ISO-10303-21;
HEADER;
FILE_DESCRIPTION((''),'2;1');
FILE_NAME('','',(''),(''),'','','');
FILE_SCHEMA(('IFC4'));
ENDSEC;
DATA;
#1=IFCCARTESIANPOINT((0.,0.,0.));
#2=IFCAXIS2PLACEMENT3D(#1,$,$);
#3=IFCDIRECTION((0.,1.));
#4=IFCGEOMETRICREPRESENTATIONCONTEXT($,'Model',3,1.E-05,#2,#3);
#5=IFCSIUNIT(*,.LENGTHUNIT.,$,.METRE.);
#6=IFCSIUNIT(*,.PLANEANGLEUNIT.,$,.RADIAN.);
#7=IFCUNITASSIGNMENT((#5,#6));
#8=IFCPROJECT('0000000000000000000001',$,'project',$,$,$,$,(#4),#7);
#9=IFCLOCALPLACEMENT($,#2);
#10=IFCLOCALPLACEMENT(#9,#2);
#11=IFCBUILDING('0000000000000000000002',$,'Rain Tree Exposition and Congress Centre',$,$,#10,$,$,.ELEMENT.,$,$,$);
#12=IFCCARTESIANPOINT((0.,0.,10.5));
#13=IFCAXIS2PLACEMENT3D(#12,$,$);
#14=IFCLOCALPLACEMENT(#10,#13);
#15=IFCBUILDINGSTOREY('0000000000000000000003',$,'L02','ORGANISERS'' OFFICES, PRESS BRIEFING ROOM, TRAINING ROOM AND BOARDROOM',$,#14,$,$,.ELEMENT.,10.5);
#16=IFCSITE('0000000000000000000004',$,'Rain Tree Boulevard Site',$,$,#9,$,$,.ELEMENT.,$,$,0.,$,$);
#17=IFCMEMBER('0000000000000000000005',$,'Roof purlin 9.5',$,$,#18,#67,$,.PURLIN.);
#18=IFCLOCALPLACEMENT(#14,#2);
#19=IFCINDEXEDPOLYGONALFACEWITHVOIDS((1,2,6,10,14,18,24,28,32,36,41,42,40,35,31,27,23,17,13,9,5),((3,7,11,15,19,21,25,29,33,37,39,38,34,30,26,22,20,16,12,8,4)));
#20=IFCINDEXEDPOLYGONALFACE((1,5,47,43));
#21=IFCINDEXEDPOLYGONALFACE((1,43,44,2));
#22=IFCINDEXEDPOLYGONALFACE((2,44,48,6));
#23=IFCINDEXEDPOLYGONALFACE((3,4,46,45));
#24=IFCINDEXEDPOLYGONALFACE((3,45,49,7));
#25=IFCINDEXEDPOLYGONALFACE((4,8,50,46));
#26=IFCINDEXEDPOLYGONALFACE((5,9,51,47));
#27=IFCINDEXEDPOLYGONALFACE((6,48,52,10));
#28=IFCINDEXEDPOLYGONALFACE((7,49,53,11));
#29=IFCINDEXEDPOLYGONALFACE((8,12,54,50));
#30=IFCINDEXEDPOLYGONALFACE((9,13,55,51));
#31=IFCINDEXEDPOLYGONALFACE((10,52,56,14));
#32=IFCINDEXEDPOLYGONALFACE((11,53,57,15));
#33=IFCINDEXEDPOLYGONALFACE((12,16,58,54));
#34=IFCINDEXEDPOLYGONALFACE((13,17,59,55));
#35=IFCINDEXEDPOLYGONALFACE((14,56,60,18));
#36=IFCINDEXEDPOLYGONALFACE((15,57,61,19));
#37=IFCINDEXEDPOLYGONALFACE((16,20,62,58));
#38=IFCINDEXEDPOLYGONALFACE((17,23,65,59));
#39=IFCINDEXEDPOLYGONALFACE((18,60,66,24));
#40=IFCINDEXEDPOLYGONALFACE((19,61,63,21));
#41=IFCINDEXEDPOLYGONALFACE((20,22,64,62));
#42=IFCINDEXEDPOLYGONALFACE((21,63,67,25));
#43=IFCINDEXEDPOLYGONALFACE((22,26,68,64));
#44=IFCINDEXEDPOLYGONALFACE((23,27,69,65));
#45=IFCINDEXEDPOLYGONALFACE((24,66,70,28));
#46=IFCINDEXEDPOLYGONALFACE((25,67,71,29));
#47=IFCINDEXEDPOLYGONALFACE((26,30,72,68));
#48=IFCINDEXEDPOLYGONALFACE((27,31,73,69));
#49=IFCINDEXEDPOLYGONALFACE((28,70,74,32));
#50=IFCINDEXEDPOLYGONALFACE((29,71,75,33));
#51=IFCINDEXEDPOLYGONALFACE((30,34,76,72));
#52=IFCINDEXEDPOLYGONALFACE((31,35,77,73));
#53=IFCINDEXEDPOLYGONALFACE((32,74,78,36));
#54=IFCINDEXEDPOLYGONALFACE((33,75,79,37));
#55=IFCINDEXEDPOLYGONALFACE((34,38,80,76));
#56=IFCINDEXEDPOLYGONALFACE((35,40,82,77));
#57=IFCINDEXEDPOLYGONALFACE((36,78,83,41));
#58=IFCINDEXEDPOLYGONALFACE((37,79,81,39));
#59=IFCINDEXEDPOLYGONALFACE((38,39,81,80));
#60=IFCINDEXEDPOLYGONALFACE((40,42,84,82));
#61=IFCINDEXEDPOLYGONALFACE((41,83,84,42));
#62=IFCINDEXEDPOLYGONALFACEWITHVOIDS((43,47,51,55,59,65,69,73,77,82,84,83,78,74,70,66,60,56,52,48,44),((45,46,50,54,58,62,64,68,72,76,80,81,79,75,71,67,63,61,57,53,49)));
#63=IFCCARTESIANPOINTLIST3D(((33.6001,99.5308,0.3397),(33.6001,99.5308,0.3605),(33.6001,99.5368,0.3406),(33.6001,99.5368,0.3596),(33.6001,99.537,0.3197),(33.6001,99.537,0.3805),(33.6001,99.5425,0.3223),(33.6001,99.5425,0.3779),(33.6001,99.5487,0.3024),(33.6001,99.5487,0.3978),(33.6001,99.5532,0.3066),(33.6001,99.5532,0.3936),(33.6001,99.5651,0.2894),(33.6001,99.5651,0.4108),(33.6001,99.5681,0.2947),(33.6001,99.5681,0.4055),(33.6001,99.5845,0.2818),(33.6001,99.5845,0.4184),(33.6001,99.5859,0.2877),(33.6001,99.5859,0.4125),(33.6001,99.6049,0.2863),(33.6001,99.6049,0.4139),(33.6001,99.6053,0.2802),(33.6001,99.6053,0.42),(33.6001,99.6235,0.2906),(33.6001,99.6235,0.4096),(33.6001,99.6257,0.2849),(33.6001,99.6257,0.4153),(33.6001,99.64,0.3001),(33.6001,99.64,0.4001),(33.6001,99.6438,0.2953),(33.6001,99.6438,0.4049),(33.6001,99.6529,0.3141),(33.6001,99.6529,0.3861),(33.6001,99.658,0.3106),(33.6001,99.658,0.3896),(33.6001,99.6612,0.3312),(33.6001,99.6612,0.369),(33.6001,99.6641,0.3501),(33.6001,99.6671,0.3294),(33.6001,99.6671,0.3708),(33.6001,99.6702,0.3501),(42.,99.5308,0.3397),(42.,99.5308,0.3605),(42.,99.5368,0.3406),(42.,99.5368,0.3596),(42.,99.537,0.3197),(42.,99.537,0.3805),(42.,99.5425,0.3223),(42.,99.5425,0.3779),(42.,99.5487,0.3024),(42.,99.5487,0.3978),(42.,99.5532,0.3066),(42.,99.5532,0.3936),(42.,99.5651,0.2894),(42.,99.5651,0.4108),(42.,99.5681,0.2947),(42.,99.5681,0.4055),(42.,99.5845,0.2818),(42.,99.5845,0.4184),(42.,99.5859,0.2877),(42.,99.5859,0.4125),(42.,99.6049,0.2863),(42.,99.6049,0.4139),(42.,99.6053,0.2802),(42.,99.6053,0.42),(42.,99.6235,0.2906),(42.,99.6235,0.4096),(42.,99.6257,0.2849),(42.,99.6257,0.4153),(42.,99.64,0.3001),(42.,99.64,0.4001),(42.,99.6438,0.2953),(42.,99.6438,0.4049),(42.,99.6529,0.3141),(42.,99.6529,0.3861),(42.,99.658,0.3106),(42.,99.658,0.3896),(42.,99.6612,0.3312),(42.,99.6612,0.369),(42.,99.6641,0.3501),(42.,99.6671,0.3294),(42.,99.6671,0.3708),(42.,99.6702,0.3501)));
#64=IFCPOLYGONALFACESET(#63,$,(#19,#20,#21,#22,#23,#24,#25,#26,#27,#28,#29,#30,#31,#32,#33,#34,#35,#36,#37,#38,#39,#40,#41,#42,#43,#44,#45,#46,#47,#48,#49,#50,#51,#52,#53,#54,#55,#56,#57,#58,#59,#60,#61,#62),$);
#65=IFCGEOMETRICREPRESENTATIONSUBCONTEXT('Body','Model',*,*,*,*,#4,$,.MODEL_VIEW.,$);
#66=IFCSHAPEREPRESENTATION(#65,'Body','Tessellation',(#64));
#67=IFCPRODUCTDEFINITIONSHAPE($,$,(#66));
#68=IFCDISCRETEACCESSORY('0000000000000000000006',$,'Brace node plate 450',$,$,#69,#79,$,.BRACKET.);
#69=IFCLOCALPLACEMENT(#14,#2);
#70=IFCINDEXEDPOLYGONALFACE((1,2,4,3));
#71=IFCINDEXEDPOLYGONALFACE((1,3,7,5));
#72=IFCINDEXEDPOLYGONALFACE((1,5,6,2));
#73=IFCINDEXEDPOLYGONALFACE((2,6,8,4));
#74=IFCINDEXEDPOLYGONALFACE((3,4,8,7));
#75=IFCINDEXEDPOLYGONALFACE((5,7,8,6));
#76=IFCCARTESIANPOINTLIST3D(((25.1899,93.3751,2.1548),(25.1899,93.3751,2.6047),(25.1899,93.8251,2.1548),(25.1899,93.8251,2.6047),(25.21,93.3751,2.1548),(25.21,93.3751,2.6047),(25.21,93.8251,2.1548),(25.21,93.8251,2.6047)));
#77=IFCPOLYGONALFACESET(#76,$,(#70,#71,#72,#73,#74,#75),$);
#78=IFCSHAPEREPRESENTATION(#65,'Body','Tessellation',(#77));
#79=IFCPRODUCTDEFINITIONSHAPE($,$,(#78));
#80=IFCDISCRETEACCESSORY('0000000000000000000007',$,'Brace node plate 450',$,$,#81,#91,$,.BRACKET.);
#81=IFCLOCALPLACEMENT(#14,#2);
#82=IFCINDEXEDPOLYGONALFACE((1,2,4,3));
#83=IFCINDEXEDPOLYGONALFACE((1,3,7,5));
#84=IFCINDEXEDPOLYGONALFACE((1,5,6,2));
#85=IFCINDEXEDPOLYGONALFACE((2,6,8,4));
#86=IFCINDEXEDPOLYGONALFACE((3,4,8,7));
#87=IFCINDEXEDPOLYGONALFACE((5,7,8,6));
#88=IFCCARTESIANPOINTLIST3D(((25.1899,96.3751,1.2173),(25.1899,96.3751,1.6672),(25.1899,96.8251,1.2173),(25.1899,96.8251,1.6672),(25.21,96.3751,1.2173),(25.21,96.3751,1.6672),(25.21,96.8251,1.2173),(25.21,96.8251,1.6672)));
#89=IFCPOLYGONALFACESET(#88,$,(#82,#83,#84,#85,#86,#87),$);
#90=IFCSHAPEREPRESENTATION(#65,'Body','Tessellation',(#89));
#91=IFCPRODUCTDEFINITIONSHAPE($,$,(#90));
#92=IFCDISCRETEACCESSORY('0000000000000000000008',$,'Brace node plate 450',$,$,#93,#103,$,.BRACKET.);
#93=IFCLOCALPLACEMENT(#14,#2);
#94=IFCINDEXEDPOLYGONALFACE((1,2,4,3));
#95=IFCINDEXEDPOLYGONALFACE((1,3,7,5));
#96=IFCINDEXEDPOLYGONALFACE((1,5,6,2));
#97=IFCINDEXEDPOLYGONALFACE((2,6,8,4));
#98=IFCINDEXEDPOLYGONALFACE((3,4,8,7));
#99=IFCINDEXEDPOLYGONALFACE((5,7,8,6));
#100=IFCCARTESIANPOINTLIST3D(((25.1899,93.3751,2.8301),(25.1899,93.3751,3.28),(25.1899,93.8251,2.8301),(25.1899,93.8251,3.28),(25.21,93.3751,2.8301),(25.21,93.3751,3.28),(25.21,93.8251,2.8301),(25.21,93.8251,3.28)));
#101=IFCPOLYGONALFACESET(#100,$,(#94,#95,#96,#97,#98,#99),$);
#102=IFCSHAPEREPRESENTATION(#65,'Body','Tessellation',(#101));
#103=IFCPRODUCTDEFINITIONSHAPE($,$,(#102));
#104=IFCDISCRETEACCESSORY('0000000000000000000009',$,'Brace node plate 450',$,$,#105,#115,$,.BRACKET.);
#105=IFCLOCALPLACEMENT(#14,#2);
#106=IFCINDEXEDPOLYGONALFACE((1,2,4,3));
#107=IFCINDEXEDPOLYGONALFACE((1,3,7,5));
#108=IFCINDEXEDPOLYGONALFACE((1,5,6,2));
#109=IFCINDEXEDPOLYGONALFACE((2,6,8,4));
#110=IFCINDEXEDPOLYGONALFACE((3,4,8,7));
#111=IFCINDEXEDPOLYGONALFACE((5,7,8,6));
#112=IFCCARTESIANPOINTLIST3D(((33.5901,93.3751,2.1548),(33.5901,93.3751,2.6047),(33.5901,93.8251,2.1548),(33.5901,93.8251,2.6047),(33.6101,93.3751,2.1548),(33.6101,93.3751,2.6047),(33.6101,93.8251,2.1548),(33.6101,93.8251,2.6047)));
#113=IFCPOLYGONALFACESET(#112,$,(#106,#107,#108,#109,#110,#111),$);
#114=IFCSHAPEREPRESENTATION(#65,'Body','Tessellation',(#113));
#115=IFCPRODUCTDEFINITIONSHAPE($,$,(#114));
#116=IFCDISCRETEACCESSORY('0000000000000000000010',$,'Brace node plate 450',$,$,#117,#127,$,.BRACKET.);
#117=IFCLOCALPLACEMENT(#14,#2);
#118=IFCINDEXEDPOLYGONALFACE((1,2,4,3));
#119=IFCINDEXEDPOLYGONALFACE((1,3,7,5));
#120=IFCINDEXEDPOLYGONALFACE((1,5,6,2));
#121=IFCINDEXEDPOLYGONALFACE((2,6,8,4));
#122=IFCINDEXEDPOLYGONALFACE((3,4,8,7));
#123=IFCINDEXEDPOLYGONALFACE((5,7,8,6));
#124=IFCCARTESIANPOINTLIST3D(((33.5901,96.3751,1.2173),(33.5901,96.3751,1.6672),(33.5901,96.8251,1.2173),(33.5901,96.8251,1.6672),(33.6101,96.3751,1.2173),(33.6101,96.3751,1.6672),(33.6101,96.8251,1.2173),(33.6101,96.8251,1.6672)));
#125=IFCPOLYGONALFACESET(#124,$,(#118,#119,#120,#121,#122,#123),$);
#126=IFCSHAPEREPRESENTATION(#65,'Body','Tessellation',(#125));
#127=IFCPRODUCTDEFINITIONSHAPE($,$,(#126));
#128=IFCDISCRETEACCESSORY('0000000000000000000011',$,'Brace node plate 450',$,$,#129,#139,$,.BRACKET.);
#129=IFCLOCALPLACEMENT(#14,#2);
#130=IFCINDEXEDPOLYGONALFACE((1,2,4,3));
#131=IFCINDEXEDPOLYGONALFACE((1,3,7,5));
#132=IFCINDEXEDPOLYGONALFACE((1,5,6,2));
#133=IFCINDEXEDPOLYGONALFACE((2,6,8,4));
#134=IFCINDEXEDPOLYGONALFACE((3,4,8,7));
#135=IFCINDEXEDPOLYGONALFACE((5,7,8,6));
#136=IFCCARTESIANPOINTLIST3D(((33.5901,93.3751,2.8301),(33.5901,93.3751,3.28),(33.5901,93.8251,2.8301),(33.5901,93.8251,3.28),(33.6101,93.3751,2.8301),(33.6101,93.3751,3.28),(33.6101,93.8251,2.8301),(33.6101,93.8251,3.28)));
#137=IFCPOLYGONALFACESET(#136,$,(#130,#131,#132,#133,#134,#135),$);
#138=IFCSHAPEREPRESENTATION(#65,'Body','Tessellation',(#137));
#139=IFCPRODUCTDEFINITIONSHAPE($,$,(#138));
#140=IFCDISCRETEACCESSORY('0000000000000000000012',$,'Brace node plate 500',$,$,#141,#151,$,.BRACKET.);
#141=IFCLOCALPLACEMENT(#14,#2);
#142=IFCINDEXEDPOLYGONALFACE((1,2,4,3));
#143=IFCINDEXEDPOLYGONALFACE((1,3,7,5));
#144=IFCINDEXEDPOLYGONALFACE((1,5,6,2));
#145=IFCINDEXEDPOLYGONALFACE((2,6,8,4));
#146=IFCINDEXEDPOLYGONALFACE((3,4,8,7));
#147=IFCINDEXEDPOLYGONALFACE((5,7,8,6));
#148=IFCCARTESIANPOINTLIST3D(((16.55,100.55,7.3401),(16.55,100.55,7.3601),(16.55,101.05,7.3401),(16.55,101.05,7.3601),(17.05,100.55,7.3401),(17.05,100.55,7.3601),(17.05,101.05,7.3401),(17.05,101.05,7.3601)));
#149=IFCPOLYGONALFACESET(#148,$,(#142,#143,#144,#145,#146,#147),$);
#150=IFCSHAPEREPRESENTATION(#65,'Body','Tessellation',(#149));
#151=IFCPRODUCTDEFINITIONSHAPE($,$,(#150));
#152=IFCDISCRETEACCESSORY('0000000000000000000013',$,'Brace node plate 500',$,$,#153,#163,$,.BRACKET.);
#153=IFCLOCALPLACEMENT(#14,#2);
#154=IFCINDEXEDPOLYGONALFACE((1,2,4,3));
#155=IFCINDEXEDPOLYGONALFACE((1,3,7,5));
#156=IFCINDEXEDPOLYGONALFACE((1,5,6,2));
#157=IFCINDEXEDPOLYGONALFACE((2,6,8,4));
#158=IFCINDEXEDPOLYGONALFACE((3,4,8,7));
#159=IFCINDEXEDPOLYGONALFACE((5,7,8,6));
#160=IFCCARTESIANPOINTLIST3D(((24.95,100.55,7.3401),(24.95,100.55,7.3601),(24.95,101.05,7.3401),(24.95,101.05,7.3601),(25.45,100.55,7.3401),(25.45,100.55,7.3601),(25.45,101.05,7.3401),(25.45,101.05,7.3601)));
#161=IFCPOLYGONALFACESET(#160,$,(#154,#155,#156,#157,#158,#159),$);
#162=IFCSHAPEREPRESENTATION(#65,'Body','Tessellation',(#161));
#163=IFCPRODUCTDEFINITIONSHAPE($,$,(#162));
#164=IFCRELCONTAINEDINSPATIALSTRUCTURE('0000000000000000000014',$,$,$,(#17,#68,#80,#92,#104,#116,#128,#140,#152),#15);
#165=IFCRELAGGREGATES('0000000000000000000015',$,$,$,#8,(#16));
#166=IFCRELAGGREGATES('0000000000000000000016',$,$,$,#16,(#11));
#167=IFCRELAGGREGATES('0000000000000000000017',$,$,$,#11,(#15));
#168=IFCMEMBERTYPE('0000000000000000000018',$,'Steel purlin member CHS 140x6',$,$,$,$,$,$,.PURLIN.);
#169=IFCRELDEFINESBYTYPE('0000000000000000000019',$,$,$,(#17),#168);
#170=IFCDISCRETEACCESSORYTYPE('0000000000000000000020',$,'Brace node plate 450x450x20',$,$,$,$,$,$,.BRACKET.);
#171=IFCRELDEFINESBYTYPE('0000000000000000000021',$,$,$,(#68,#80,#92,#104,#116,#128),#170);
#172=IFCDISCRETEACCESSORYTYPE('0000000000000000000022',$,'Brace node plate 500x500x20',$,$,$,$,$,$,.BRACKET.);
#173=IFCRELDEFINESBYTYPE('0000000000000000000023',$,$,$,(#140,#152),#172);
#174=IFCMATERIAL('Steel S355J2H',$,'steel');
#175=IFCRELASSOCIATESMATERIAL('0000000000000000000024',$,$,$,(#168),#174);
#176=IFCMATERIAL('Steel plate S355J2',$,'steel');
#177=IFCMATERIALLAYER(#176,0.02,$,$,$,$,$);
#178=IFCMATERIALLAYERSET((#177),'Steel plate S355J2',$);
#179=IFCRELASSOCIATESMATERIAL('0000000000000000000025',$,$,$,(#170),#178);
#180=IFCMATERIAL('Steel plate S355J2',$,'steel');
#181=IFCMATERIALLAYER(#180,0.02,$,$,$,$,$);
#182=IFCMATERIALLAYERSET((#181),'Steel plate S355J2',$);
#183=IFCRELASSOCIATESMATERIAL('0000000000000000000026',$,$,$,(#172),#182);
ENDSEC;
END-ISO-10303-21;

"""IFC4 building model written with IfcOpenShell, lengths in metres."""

from ifc_helpers import new_model, si_unit, direction, frame, origin, origin_2d, place, context, subcontext, project, spatial, rectangle, hollow_circle, extrude, material, layer, layer_set, material_profile, profile_set, type_object, element, save


model = new_model("IFC4")

# Units and contexts
model_context = context("Model", 3, precision=1e-05, world=origin(), true_north=direction((0.0, 1.0)))
body_context = subcontext(model_context, "Body", "Model", "MODEL_VIEW")
ifc_project = project(units=[si_unit("LENGTHUNIT", "METRE"), si_unit("PLANEANGLEUNIT", "RADIAN")], contexts=[model_context])

# Site, building, storey
site_placement = place(None, origin())
site = spatial("IfcSite", under=ifc_project, at=site_placement, Name="Rain Tree Boulevard Site", CompositionType="ELEMENT", RefElevation=0.0)
building_placement = place(site_placement, origin())
building = spatial("IfcBuilding", under=site, at=building_placement, Name="Rain Tree Exposition and Congress Centre", CompositionType="ELEMENT")
storey_placement = place(building_placement, frame((0.0, 0.0, 10.5)))
storey = spatial("IfcBuildingStorey", under=building, at=storey_placement, Name="L02", Description="ORGANISERS' OFFICES, PRESS BRIEFING ROOM, TRAINING ROOM AND BOARDROOM", CompositionType="ELEMENT", Elevation=10.5)

# Member
ifc_material_1 = material(Name="Steel S355J2H", Category="steel")
ifc_material_profile_1 = material_profile(ifc_material_1, hollow_circle(Radius=0.0701, WallThickness=0.0061, at=origin_2d()), Name="CHS 140x6")
ifc_profile_set_1 = profile_set([ifc_material_profile_1], Name="Steel S355J2H")
member_type_1 = type_object("IfcMemberType", Name="Steel purlin member CHS 140x6", PredefinedType="PURLIN", material=ifc_profile_set_1)
member_1_placement = place(storey_placement, frame((33.6001, 99.6001, 0.3501), z_axis=(1.0, 0.0, 0.0), x_axis=(0.0, 1.0, 0.0)))
element("IfcMember", 1, at=member_1_placement, inside=storey, type_object=member_type_1, Name="Roof purlin 9.5", PredefinedType="PURLIN", context=body_context, shape_type="SweptSolid", body=[
    extrude(hollow_circle(Radius=0.0701, WallThickness=0.0061, at=origin_2d()), origin(), (0.0, 0.0, 1.0), 8.3999),
])

# Discrete accessories
ifc_material_2 = material(Name="Steel plate S355J2", Category="steel")
ifc_layer_1 = layer(ifc_material_2, 0.02)
ifc_layer_set_1 = layer_set([ifc_layer_1], Name="Steel plate S355J2")
discrete_accessory_type_1 = type_object("IfcDiscreteAccessoryType", Name="Brace node plate 450x450x20", PredefinedType="BRACKET", material=ifc_layer_set_1)
for number, where, z_axis, x_axis, name in (
    (2, (25.2, 93.6001, 2.1548), (0.0, 0.0, 1.0), (0.0, -1.0, 0.0), "Brace node plate 450"),
    (3, (25.2, 96.6001, 1.2173), (0.0, 0.0, 1.0), (0.0, -1.0, 0.0), "Brace node plate 450"),
    (4, (25.2, 93.6001, 2.8301), (0.0, 0.0, 1.0), (0.0, 1.0, 0.0), "Brace node plate 450"),
    (5, (33.6001, 93.6001, 2.1548), (0.0, 0.0, 1.0), (0.0, -1.0, 0.0), "Brace node plate 450"),
    (6, (33.6001, 96.6001, 1.2173), (0.0, 0.0, 1.0), (0.0, -1.0, 0.0), "Brace node plate 450"),
    (7, (33.6001, 93.6001, 2.8301), (0.0, 0.0, 1.0), (0.0, 1.0, 0.0), "Brace node plate 450"),
):
    element("IfcDiscreteAccessory", number, at=place(storey_placement, frame(where, z_axis=z_axis, x_axis=x_axis)), inside=storey, type_object=discrete_accessory_type_1, Name=name, PredefinedType="BRACKET", context=body_context, shape_type="SweptSolid", body=[
        extrude(rectangle(XDim=0.45, YDim=0.02, at=origin_2d()), origin(), (0.0, 0.0, 1.0), 0.45),
    ])
ifc_material_3 = material(Name="Steel plate S355J2", Category="steel")
ifc_layer_2 = layer(ifc_material_3, 0.02)
ifc_layer_set_2 = layer_set([ifc_layer_2], Name="Steel plate S355J2")
discrete_accessory_type_2 = type_object("IfcDiscreteAccessoryType", Name="Brace node plate 500x500x20", PredefinedType="BRACKET", material=ifc_layer_set_2)
for number, where, z_axis, x_axis, name in (
    (8, (16.8, 100.8, 7.3401), (0.0, 0.0, 1.0), (1.0, 0.0, 0.0), "Brace node plate 500"),
    (9, (25.2, 100.8, 7.3401), (0.0, 0.0, 1.0), (1.0, 0.0, 0.0), "Brace node plate 500"),
):
    element("IfcDiscreteAccessory", number, at=place(storey_placement, frame(where, z_axis=z_axis, x_axis=x_axis)), inside=storey, type_object=discrete_accessory_type_2, Name=name, PredefinedType="BRACKET", context=body_context, shape_type="SweptSolid", body=[
        extrude(rectangle(XDim=0.5, YDim=0.5, at=origin_2d()), origin(), (0.0, 0.0, 1.0), 0.02),
    ])

save(model, "model.ifc")
